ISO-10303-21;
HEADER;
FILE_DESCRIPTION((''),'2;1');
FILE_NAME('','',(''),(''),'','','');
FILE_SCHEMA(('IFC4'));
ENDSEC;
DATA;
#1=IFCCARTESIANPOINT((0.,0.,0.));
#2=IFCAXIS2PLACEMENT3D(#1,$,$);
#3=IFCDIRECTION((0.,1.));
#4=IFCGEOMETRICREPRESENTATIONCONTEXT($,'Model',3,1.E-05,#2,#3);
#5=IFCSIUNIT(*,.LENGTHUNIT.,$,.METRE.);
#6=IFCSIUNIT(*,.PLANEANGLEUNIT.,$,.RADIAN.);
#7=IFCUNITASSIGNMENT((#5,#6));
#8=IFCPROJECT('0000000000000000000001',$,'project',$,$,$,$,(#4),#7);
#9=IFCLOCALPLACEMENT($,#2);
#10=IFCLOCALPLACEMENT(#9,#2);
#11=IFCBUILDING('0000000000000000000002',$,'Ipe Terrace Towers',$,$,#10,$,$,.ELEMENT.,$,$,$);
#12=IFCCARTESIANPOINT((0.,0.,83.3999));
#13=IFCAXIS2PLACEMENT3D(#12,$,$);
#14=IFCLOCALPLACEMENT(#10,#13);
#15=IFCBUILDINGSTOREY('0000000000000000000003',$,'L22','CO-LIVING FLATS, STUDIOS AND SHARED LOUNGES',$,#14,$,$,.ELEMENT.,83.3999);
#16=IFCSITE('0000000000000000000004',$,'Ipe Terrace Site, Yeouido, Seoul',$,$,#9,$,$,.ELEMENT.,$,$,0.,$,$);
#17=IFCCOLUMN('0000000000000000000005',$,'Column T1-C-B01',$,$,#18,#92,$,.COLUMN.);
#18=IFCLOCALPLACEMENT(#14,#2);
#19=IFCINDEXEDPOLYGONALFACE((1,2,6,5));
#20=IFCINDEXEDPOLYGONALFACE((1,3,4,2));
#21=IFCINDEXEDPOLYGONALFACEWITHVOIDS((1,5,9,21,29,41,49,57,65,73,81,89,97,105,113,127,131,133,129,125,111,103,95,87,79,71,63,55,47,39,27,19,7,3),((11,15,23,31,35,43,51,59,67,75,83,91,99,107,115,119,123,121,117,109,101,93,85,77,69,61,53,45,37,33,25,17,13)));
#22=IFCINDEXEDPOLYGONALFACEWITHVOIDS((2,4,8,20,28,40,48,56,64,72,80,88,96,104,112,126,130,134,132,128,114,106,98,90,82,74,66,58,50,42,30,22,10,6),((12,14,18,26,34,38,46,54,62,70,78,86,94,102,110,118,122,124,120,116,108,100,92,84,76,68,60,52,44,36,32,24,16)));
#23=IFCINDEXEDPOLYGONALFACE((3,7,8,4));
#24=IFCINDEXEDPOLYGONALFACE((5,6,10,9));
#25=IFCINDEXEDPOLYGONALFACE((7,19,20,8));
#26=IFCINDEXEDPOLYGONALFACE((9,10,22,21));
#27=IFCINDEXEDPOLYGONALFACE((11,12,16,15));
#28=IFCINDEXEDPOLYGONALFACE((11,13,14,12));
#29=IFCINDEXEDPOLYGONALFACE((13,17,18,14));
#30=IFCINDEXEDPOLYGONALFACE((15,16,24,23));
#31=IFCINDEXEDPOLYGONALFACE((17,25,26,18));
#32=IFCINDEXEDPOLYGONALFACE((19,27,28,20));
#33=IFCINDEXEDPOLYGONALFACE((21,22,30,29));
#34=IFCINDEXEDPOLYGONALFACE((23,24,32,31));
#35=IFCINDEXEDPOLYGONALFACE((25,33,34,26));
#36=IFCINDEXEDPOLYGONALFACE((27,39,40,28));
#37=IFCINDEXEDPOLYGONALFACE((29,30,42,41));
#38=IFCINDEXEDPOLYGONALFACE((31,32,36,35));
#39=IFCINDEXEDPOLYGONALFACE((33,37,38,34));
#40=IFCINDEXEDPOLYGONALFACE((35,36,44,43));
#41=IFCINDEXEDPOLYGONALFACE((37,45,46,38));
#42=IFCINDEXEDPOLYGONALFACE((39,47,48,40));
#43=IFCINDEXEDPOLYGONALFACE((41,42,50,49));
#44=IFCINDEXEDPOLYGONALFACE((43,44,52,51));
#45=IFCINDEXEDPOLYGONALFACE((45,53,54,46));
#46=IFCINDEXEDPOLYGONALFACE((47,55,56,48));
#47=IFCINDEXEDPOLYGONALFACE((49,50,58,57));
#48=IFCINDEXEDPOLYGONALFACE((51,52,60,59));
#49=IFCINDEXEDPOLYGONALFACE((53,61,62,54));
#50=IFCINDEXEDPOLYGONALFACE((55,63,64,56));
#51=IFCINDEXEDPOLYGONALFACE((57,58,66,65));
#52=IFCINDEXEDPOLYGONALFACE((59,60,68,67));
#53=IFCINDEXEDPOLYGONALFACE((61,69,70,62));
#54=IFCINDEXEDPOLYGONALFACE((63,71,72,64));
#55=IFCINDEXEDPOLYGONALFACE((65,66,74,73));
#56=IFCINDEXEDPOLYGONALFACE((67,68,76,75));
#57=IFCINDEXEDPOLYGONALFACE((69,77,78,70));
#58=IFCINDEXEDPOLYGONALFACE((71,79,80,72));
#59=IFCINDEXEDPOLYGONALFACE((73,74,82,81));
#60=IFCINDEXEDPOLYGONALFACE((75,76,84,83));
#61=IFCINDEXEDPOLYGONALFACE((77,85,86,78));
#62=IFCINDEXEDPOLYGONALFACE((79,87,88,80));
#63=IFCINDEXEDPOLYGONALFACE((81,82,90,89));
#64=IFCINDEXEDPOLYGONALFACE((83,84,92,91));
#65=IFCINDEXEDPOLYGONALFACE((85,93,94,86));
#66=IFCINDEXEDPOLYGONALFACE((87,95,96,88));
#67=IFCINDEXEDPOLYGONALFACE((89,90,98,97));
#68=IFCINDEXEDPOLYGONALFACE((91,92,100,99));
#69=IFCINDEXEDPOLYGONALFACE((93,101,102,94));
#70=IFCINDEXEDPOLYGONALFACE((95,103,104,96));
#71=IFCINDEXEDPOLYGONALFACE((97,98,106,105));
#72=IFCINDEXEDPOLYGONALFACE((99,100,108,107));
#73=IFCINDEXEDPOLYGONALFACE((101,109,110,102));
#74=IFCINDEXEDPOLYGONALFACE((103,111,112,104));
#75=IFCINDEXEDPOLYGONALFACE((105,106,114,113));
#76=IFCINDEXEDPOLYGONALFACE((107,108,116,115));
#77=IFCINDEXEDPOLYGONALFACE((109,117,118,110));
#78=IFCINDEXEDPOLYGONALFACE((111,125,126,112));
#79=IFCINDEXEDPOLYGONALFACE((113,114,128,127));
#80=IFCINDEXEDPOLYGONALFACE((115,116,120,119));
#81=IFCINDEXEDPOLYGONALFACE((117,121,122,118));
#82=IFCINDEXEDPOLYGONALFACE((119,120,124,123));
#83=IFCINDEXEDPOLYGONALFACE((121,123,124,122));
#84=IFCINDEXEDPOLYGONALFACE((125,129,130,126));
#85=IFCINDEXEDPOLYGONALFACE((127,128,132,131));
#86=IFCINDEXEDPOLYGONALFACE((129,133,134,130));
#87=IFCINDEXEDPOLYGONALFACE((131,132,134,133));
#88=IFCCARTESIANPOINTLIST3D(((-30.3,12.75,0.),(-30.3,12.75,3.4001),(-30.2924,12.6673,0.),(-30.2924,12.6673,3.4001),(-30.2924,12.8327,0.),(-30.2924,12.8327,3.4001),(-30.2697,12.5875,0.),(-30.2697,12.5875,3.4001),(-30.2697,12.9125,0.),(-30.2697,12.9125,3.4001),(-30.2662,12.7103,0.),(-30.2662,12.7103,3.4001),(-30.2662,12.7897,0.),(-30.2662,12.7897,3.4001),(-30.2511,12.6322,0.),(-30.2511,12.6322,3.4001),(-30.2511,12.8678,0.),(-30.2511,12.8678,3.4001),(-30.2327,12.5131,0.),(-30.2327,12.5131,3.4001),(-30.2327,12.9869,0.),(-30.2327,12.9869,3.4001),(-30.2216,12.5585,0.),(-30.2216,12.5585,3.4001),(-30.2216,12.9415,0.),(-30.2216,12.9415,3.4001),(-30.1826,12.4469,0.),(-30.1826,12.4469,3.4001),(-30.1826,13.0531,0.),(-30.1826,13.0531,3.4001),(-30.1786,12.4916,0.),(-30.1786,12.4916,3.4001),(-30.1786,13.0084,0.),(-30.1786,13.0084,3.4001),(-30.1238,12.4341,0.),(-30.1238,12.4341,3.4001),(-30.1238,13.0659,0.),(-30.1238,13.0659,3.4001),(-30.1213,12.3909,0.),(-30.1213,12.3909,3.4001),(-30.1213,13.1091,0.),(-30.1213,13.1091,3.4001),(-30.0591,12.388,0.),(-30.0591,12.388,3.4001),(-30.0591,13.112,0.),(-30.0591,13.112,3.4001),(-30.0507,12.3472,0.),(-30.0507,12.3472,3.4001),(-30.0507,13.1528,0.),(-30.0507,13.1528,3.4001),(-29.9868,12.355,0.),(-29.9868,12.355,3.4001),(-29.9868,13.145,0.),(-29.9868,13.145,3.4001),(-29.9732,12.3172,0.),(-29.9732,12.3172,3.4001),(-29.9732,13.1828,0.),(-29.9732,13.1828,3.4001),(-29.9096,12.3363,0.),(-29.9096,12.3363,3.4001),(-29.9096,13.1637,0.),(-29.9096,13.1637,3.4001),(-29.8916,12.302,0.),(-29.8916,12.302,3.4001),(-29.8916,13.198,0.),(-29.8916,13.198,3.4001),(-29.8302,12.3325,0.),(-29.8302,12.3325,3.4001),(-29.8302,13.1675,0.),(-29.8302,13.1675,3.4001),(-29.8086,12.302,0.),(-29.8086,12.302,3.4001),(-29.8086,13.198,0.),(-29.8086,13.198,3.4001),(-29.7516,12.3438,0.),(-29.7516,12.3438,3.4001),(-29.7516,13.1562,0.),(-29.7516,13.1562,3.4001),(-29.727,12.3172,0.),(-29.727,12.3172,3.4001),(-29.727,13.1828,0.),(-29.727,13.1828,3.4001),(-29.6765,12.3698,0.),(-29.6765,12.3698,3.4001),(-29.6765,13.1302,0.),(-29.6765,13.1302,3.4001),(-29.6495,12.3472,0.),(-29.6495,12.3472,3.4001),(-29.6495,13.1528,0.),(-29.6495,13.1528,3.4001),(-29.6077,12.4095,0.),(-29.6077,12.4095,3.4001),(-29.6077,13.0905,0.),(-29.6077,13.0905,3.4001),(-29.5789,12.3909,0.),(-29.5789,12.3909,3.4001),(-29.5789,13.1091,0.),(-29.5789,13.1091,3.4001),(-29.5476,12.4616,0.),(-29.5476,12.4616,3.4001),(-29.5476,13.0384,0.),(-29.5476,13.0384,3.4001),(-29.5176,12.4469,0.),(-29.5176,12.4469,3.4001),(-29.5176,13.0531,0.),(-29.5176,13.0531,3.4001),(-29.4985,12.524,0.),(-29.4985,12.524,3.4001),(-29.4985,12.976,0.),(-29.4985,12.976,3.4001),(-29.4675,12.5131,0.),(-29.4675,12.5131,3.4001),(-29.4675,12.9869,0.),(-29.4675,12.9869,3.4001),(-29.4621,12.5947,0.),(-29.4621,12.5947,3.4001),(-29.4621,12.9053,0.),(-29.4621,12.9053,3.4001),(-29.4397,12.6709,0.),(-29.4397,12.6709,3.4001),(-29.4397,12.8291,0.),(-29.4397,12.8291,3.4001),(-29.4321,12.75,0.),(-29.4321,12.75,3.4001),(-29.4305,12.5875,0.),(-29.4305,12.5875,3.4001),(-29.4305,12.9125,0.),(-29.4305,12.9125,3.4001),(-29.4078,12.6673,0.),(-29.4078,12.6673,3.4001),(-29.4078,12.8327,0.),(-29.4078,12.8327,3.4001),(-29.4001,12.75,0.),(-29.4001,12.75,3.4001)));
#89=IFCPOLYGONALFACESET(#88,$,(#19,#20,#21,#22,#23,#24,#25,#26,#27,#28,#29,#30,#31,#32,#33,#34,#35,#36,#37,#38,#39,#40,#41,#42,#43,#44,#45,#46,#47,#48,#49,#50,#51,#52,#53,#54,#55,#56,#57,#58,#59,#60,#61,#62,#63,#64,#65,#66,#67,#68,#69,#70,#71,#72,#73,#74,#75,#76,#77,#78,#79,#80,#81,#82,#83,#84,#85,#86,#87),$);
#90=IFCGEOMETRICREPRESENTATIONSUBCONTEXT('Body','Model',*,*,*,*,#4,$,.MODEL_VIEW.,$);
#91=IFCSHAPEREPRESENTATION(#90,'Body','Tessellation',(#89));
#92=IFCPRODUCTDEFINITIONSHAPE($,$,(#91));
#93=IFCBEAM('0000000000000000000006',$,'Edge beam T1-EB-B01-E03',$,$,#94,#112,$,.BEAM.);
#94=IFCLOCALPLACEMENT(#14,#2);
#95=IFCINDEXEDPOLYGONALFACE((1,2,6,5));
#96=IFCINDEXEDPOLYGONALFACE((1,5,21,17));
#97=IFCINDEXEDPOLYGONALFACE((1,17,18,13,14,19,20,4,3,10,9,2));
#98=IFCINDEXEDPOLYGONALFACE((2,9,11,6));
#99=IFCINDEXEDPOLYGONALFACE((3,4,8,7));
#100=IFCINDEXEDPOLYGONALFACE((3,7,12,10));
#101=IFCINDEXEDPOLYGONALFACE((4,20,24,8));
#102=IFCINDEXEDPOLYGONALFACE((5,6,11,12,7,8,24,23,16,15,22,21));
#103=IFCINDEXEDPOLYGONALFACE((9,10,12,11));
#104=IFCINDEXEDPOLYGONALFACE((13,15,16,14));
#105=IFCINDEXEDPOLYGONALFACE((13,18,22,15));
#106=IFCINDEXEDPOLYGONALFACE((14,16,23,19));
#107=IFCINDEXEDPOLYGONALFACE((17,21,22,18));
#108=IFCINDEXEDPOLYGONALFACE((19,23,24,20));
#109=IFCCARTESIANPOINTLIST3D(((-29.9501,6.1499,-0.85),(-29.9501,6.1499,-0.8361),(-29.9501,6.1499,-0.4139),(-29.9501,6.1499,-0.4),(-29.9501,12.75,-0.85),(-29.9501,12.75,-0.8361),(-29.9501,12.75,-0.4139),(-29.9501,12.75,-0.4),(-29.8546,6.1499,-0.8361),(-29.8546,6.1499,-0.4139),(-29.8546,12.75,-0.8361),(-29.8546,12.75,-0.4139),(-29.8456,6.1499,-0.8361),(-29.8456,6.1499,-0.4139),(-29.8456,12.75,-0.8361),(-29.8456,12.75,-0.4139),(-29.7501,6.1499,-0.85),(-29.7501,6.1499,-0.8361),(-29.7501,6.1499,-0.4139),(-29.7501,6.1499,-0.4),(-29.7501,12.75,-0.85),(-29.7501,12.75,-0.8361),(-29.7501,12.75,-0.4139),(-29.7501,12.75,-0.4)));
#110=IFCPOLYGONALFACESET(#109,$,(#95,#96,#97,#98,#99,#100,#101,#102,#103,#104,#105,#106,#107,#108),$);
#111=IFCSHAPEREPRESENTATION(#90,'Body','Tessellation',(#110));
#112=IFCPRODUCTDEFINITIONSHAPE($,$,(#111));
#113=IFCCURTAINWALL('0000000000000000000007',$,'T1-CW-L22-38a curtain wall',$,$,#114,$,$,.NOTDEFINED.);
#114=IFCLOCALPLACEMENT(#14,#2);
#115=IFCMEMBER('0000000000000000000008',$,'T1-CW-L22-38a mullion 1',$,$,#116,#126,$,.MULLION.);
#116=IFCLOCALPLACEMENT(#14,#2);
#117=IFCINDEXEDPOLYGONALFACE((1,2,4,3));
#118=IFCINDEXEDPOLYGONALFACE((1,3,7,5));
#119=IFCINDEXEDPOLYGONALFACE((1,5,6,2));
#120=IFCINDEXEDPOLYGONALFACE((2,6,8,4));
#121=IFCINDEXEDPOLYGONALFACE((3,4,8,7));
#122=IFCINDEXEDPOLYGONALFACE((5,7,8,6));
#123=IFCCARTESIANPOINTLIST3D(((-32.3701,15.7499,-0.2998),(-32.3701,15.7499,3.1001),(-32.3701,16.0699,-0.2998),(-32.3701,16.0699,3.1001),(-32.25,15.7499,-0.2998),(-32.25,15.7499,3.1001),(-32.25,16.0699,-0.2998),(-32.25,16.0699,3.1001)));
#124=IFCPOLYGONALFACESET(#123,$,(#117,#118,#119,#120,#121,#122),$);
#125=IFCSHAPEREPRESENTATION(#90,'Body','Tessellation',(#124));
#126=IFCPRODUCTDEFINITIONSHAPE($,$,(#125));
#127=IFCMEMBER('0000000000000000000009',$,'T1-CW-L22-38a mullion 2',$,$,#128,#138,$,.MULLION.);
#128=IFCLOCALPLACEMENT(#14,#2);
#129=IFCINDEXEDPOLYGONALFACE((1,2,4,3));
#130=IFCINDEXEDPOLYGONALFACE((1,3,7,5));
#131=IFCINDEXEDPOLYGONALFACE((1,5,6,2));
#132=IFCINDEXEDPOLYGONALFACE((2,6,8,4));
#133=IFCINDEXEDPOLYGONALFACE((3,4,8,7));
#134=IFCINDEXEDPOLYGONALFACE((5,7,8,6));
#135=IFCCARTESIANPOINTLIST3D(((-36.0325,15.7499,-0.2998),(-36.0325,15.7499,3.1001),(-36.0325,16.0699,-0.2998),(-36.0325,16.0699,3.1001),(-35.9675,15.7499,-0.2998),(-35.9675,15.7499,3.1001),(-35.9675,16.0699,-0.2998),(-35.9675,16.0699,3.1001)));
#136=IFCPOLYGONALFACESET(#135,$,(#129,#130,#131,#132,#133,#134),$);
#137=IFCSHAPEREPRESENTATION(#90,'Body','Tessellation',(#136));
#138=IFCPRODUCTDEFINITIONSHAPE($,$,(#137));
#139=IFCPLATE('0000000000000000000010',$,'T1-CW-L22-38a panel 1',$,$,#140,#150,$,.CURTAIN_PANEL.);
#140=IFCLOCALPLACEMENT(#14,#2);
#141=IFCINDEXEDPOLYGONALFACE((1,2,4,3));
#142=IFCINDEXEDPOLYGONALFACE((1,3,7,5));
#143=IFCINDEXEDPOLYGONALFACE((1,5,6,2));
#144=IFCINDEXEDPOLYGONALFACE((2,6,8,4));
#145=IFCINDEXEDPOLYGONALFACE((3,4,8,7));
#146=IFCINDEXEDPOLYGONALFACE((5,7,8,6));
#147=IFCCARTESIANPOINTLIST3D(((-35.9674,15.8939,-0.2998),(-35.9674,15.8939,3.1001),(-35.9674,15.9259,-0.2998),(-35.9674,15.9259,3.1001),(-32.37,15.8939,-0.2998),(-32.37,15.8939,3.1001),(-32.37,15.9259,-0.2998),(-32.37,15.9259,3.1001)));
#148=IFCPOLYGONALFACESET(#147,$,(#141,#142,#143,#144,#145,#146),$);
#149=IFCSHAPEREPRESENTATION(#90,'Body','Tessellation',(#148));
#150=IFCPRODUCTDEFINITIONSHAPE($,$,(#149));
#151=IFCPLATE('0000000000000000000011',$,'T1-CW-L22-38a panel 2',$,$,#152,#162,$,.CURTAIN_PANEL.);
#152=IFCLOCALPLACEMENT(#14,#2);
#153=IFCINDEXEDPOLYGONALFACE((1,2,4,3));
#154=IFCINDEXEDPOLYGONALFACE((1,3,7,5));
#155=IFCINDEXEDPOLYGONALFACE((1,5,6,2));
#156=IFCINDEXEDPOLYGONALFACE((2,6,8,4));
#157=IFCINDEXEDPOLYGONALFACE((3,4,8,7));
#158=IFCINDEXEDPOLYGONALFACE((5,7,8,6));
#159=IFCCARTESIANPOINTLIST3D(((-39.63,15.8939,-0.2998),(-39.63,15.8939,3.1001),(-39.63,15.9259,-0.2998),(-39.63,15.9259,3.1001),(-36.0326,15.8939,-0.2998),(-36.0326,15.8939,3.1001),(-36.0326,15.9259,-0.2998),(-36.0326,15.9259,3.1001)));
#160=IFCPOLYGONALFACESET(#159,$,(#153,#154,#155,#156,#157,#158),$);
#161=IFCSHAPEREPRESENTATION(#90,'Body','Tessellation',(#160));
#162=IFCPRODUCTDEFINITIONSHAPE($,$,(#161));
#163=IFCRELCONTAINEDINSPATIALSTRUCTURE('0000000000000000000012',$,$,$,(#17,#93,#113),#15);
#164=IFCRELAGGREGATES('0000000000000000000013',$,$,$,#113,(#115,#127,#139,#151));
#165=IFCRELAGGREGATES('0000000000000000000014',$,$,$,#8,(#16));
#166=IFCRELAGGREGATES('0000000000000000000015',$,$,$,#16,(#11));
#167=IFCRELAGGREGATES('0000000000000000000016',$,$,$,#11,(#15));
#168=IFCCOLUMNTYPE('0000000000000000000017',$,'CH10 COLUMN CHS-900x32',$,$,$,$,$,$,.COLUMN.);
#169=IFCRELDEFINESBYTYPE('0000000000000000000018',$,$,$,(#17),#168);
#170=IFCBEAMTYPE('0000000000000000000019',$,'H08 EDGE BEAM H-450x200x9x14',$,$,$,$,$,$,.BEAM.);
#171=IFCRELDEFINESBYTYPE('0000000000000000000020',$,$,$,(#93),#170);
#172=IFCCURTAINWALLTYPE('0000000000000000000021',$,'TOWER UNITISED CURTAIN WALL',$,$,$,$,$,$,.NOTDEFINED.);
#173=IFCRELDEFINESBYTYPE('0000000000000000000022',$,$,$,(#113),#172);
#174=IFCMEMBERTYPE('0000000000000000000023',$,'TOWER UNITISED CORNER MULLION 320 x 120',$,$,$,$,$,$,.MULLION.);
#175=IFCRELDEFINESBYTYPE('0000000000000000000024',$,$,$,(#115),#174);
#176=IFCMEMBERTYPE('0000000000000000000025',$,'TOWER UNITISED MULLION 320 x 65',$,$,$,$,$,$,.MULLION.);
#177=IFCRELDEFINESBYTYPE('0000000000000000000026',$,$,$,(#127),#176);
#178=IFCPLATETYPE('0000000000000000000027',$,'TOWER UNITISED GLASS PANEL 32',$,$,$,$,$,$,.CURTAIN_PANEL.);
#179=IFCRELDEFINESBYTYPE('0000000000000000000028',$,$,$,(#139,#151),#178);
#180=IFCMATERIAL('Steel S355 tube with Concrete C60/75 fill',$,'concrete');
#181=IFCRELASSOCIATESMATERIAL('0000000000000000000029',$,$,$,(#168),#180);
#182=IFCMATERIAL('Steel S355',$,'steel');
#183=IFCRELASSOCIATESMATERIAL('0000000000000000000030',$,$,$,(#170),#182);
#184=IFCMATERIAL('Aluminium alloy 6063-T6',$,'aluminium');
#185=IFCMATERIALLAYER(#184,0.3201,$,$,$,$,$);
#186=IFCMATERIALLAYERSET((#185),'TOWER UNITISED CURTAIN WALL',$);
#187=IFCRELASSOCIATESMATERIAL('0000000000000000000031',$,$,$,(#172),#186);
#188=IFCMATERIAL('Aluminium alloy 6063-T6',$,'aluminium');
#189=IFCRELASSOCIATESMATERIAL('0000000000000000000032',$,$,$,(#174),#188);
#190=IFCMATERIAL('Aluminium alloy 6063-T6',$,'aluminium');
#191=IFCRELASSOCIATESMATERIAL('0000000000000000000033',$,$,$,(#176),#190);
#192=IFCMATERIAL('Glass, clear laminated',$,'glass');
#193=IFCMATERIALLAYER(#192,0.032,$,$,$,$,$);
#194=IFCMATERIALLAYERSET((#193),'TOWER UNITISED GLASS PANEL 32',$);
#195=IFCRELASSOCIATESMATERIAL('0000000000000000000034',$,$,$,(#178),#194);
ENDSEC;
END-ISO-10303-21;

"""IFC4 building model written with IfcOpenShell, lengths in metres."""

from ifc_helpers import new_model, si_unit, direction, frame, origin, origin_2d, place, context, subcontext, project, spatial, rectangle, hollow_circle, i_section, extrude, material, layer, layer_set, material_profile, profile_set, type_object, element, aggregate, save


model = new_model("IFC4")

# Units and contexts
model_context = context("Model", 3, precision=1e-05, world=origin(), true_north=direction((0.0, 1.0)))
body_context = subcontext(model_context, "Body", "Model", "MODEL_VIEW")
ifc_project = project(units=[si_unit("LENGTHUNIT", "METRE"), si_unit("PLANEANGLEUNIT", "RADIAN")], contexts=[model_context])

# Site, building, storey
site_placement = place(None, origin())
site = spatial("IfcSite", under=ifc_project, at=site_placement, Name="Ipe Terrace Site, Yeouido, Seoul", CompositionType="ELEMENT", RefElevation=0.0)
building_placement = place(site_placement, origin())
building = spatial("IfcBuilding", under=site, at=building_placement, Name="Ipe Terrace Towers", CompositionType="ELEMENT")
storey_placement = place(building_placement, frame((0.0, 0.0, 83.3999)))
storey = spatial("IfcBuildingStorey", under=building, at=storey_placement, Name="L22", Description="CO-LIVING FLATS, STUDIOS AND SHARED LOUNGES", CompositionType="ELEMENT", Elevation=83.3999)

# Column
ifc_material_1 = material(Name="Steel S355 tube with Concrete C60/75 fill", Category="concrete")
ifc_material_profile_1 = material_profile(ifc_material_1, hollow_circle(Radius=0.45, WallThickness=0.032, at=origin_2d()), Name="CHS-900x32")
ifc_profile_set_1 = profile_set([ifc_material_profile_1], Name="Steel S355 tube with Concrete C60/75 fill")
column_type = type_object("IfcColumnType", Name="CH10 COLUMN CHS-900x32", PredefinedType="COLUMN", material=ifc_profile_set_1)
column_placement = place(storey_placement, frame((-29.8501, 12.75, 0.0), z_axis=(0.0, 0.0, 1.0), x_axis=(1.0, 0.0, 0.0)))
element("IfcColumn", 1, at=column_placement, inside=storey, type_object=column_type, Name="Column T1-C-B01", PredefinedType="COLUMN", context=body_context, shape_type="SweptSolid", body=[
    extrude(hollow_circle(Radius=0.45, WallThickness=0.032, at=origin_2d()), origin(), (0.0, 0.0, 1.0), 3.4001),
])

# Beam
ifc_material_2 = material(Name="Steel S355", Category="steel")
ifc_material_profile_2 = material_profile(ifc_material_2, i_section(OverallWidth=0.2, OverallDepth=0.45, WebThickness=0.009, FlangeThickness=0.0139, at=origin_2d()), Name="H-450x200x9x14")
ifc_profile_set_2 = profile_set([ifc_material_profile_2], Name="Steel S355")
beam_type = type_object("IfcBeamType", Name="H08 EDGE BEAM H-450x200x9x14", PredefinedType="BEAM", material=ifc_profile_set_2)
beam_placement = place(storey_placement, frame((-29.8501, 12.75, -0.625), z_axis=(0.0, -1.0, 0.0), x_axis=(1.0, 0.0, 0.0)))
element("IfcBeam", 2, at=beam_placement, inside=storey, type_object=beam_type, Name="Edge beam T1-EB-B01-E03", PredefinedType="BEAM", context=body_context, shape_type="SweptSolid", body=[
    extrude(i_section(OverallWidth=0.2, OverallDepth=0.45, WebThickness=0.009, FlangeThickness=0.0139, at=origin_2d()), origin(), (0.0, 0.0, 1.0), 6.6001),
])

# Curtain wall, members, plates
ifc_material_3 = material(Name="Aluminium alloy 6063-T6", Category="aluminium")
ifc_layer_1 = layer(ifc_material_3, 0.3201)
ifc_layer_set_1 = layer_set([ifc_layer_1], Name="TOWER UNITISED CURTAIN WALL")
curtain_wall_type = type_object("IfcCurtainWallType", Name="TOWER UNITISED CURTAIN WALL", PredefinedType="NOTDEFINED", material=ifc_layer_set_1)
curtain_wall_placement = place(storey_placement, origin())
curtain_wall = element("IfcCurtainWall", 3, at=curtain_wall_placement, inside=storey, type_object=curtain_wall_type, Name="T1-CW-L22-38a curtain wall", PredefinedType="NOTDEFINED")
ifc_material_4 = material(Name="Aluminium alloy 6063-T6", Category="aluminium")
ifc_material_profile_3 = material_profile(ifc_material_4, rectangle(XDim=0.3201, YDim=0.1201, at=origin_2d()), Name="TOWER UNITISED CORNER MULLION 320 x 120")
ifc_profile_set_3 = profile_set([ifc_material_profile_3], Name="Aluminium alloy 6063-T6")
member_type_1 = type_object("IfcMemberType", Name="TOWER UNITISED CORNER MULLION 320 x 120", PredefinedType="MULLION", material=ifc_profile_set_3)
member_1_placement = place(storey_placement, frame((-32.3101, 15.9099, -0.2998), z_axis=(0.0, 0.0, 1.0), x_axis=(0.0, 1.0, 0.0)))
member_1 = element("IfcMember", 4, at=member_1_placement, type_object=member_type_1, Name="T1-CW-L22-38a mullion 1", PredefinedType="MULLION", context=body_context, shape_type="SweptSolid", body=[
    extrude(rectangle(XDim=0.3201, YDim=0.1201, at=origin_2d()), origin(), (0.0, 0.0, 1.0), 3.3999),
])
ifc_material_5 = material(Name="Aluminium alloy 6063-T6", Category="aluminium")
ifc_material_profile_4 = material_profile(ifc_material_5, rectangle(XDim=0.3201, YDim=0.0649, at=origin_2d()), Name="TOWER UNITISED MULLION 320 x 65")
ifc_profile_set_4 = profile_set([ifc_material_profile_4], Name="Aluminium alloy 6063-T6")
member_type_2 = type_object("IfcMemberType", Name="TOWER UNITISED MULLION 320 x 65", PredefinedType="MULLION", material=ifc_profile_set_4)
member_2_placement = place(storey_placement, frame((-36.0, 15.9099, -0.2998), z_axis=(0.0, 0.0, 1.0), x_axis=(0.0, 1.0, 0.0)))
member_2 = element("IfcMember", 5, at=member_2_placement, type_object=member_type_2, Name="T1-CW-L22-38a mullion 2", PredefinedType="MULLION", context=body_context, shape_type="SweptSolid", body=[
    extrude(rectangle(XDim=0.3201, YDim=0.0649, at=origin_2d()), origin(), (0.0, 0.0, 1.0), 3.3999),
])
ifc_material_6 = material(Name="Glass, clear laminated", Category="glass")
ifc_layer_2 = layer(ifc_material_6, 0.032)
ifc_layer_set_2 = layer_set([ifc_layer_2], Name="TOWER UNITISED GLASS PANEL 32")
plate_type = type_object("IfcPlateType", Name="TOWER UNITISED GLASS PANEL 32", PredefinedType="CURTAIN_PANEL", material=ifc_layer_set_2)
plate_1_placement = place(storey_placement, frame((-34.1687, 15.9099, -0.2998), z_axis=(0.0, 0.0, 1.0), x_axis=(-1.0, 0.0, 0.0)))
plate_1 = element("IfcPlate", 6, at=plate_1_placement, type_object=plate_type, Name="T1-CW-L22-38a panel 1", PredefinedType="CURTAIN_PANEL", context=body_context, shape_type="SweptSolid", body=[
    extrude(rectangle(XDim=3.5974, YDim=0.032, at=origin_2d()), origin(), (0.0, 0.0, 1.0), 3.3999),
])
plate_2_placement = place(storey_placement, frame((-37.8313, 15.9099, -0.2998), z_axis=(0.0, 0.0, 1.0), x_axis=(-1.0, 0.0, 0.0)))
plate_2 = element("IfcPlate", 7, at=plate_2_placement, type_object=plate_type, Name="T1-CW-L22-38a panel 2", PredefinedType="CURTAIN_PANEL", context=body_context, shape_type="SweptSolid", body=[
    extrude(rectangle(XDim=3.5974, YDim=0.032, at=origin_2d()), origin(), (0.0, 0.0, 1.0), 3.3999),
])
aggregate(curtain_wall, [member_1, member_2, plate_1, plate_2])

save(model, "model.ifc")
